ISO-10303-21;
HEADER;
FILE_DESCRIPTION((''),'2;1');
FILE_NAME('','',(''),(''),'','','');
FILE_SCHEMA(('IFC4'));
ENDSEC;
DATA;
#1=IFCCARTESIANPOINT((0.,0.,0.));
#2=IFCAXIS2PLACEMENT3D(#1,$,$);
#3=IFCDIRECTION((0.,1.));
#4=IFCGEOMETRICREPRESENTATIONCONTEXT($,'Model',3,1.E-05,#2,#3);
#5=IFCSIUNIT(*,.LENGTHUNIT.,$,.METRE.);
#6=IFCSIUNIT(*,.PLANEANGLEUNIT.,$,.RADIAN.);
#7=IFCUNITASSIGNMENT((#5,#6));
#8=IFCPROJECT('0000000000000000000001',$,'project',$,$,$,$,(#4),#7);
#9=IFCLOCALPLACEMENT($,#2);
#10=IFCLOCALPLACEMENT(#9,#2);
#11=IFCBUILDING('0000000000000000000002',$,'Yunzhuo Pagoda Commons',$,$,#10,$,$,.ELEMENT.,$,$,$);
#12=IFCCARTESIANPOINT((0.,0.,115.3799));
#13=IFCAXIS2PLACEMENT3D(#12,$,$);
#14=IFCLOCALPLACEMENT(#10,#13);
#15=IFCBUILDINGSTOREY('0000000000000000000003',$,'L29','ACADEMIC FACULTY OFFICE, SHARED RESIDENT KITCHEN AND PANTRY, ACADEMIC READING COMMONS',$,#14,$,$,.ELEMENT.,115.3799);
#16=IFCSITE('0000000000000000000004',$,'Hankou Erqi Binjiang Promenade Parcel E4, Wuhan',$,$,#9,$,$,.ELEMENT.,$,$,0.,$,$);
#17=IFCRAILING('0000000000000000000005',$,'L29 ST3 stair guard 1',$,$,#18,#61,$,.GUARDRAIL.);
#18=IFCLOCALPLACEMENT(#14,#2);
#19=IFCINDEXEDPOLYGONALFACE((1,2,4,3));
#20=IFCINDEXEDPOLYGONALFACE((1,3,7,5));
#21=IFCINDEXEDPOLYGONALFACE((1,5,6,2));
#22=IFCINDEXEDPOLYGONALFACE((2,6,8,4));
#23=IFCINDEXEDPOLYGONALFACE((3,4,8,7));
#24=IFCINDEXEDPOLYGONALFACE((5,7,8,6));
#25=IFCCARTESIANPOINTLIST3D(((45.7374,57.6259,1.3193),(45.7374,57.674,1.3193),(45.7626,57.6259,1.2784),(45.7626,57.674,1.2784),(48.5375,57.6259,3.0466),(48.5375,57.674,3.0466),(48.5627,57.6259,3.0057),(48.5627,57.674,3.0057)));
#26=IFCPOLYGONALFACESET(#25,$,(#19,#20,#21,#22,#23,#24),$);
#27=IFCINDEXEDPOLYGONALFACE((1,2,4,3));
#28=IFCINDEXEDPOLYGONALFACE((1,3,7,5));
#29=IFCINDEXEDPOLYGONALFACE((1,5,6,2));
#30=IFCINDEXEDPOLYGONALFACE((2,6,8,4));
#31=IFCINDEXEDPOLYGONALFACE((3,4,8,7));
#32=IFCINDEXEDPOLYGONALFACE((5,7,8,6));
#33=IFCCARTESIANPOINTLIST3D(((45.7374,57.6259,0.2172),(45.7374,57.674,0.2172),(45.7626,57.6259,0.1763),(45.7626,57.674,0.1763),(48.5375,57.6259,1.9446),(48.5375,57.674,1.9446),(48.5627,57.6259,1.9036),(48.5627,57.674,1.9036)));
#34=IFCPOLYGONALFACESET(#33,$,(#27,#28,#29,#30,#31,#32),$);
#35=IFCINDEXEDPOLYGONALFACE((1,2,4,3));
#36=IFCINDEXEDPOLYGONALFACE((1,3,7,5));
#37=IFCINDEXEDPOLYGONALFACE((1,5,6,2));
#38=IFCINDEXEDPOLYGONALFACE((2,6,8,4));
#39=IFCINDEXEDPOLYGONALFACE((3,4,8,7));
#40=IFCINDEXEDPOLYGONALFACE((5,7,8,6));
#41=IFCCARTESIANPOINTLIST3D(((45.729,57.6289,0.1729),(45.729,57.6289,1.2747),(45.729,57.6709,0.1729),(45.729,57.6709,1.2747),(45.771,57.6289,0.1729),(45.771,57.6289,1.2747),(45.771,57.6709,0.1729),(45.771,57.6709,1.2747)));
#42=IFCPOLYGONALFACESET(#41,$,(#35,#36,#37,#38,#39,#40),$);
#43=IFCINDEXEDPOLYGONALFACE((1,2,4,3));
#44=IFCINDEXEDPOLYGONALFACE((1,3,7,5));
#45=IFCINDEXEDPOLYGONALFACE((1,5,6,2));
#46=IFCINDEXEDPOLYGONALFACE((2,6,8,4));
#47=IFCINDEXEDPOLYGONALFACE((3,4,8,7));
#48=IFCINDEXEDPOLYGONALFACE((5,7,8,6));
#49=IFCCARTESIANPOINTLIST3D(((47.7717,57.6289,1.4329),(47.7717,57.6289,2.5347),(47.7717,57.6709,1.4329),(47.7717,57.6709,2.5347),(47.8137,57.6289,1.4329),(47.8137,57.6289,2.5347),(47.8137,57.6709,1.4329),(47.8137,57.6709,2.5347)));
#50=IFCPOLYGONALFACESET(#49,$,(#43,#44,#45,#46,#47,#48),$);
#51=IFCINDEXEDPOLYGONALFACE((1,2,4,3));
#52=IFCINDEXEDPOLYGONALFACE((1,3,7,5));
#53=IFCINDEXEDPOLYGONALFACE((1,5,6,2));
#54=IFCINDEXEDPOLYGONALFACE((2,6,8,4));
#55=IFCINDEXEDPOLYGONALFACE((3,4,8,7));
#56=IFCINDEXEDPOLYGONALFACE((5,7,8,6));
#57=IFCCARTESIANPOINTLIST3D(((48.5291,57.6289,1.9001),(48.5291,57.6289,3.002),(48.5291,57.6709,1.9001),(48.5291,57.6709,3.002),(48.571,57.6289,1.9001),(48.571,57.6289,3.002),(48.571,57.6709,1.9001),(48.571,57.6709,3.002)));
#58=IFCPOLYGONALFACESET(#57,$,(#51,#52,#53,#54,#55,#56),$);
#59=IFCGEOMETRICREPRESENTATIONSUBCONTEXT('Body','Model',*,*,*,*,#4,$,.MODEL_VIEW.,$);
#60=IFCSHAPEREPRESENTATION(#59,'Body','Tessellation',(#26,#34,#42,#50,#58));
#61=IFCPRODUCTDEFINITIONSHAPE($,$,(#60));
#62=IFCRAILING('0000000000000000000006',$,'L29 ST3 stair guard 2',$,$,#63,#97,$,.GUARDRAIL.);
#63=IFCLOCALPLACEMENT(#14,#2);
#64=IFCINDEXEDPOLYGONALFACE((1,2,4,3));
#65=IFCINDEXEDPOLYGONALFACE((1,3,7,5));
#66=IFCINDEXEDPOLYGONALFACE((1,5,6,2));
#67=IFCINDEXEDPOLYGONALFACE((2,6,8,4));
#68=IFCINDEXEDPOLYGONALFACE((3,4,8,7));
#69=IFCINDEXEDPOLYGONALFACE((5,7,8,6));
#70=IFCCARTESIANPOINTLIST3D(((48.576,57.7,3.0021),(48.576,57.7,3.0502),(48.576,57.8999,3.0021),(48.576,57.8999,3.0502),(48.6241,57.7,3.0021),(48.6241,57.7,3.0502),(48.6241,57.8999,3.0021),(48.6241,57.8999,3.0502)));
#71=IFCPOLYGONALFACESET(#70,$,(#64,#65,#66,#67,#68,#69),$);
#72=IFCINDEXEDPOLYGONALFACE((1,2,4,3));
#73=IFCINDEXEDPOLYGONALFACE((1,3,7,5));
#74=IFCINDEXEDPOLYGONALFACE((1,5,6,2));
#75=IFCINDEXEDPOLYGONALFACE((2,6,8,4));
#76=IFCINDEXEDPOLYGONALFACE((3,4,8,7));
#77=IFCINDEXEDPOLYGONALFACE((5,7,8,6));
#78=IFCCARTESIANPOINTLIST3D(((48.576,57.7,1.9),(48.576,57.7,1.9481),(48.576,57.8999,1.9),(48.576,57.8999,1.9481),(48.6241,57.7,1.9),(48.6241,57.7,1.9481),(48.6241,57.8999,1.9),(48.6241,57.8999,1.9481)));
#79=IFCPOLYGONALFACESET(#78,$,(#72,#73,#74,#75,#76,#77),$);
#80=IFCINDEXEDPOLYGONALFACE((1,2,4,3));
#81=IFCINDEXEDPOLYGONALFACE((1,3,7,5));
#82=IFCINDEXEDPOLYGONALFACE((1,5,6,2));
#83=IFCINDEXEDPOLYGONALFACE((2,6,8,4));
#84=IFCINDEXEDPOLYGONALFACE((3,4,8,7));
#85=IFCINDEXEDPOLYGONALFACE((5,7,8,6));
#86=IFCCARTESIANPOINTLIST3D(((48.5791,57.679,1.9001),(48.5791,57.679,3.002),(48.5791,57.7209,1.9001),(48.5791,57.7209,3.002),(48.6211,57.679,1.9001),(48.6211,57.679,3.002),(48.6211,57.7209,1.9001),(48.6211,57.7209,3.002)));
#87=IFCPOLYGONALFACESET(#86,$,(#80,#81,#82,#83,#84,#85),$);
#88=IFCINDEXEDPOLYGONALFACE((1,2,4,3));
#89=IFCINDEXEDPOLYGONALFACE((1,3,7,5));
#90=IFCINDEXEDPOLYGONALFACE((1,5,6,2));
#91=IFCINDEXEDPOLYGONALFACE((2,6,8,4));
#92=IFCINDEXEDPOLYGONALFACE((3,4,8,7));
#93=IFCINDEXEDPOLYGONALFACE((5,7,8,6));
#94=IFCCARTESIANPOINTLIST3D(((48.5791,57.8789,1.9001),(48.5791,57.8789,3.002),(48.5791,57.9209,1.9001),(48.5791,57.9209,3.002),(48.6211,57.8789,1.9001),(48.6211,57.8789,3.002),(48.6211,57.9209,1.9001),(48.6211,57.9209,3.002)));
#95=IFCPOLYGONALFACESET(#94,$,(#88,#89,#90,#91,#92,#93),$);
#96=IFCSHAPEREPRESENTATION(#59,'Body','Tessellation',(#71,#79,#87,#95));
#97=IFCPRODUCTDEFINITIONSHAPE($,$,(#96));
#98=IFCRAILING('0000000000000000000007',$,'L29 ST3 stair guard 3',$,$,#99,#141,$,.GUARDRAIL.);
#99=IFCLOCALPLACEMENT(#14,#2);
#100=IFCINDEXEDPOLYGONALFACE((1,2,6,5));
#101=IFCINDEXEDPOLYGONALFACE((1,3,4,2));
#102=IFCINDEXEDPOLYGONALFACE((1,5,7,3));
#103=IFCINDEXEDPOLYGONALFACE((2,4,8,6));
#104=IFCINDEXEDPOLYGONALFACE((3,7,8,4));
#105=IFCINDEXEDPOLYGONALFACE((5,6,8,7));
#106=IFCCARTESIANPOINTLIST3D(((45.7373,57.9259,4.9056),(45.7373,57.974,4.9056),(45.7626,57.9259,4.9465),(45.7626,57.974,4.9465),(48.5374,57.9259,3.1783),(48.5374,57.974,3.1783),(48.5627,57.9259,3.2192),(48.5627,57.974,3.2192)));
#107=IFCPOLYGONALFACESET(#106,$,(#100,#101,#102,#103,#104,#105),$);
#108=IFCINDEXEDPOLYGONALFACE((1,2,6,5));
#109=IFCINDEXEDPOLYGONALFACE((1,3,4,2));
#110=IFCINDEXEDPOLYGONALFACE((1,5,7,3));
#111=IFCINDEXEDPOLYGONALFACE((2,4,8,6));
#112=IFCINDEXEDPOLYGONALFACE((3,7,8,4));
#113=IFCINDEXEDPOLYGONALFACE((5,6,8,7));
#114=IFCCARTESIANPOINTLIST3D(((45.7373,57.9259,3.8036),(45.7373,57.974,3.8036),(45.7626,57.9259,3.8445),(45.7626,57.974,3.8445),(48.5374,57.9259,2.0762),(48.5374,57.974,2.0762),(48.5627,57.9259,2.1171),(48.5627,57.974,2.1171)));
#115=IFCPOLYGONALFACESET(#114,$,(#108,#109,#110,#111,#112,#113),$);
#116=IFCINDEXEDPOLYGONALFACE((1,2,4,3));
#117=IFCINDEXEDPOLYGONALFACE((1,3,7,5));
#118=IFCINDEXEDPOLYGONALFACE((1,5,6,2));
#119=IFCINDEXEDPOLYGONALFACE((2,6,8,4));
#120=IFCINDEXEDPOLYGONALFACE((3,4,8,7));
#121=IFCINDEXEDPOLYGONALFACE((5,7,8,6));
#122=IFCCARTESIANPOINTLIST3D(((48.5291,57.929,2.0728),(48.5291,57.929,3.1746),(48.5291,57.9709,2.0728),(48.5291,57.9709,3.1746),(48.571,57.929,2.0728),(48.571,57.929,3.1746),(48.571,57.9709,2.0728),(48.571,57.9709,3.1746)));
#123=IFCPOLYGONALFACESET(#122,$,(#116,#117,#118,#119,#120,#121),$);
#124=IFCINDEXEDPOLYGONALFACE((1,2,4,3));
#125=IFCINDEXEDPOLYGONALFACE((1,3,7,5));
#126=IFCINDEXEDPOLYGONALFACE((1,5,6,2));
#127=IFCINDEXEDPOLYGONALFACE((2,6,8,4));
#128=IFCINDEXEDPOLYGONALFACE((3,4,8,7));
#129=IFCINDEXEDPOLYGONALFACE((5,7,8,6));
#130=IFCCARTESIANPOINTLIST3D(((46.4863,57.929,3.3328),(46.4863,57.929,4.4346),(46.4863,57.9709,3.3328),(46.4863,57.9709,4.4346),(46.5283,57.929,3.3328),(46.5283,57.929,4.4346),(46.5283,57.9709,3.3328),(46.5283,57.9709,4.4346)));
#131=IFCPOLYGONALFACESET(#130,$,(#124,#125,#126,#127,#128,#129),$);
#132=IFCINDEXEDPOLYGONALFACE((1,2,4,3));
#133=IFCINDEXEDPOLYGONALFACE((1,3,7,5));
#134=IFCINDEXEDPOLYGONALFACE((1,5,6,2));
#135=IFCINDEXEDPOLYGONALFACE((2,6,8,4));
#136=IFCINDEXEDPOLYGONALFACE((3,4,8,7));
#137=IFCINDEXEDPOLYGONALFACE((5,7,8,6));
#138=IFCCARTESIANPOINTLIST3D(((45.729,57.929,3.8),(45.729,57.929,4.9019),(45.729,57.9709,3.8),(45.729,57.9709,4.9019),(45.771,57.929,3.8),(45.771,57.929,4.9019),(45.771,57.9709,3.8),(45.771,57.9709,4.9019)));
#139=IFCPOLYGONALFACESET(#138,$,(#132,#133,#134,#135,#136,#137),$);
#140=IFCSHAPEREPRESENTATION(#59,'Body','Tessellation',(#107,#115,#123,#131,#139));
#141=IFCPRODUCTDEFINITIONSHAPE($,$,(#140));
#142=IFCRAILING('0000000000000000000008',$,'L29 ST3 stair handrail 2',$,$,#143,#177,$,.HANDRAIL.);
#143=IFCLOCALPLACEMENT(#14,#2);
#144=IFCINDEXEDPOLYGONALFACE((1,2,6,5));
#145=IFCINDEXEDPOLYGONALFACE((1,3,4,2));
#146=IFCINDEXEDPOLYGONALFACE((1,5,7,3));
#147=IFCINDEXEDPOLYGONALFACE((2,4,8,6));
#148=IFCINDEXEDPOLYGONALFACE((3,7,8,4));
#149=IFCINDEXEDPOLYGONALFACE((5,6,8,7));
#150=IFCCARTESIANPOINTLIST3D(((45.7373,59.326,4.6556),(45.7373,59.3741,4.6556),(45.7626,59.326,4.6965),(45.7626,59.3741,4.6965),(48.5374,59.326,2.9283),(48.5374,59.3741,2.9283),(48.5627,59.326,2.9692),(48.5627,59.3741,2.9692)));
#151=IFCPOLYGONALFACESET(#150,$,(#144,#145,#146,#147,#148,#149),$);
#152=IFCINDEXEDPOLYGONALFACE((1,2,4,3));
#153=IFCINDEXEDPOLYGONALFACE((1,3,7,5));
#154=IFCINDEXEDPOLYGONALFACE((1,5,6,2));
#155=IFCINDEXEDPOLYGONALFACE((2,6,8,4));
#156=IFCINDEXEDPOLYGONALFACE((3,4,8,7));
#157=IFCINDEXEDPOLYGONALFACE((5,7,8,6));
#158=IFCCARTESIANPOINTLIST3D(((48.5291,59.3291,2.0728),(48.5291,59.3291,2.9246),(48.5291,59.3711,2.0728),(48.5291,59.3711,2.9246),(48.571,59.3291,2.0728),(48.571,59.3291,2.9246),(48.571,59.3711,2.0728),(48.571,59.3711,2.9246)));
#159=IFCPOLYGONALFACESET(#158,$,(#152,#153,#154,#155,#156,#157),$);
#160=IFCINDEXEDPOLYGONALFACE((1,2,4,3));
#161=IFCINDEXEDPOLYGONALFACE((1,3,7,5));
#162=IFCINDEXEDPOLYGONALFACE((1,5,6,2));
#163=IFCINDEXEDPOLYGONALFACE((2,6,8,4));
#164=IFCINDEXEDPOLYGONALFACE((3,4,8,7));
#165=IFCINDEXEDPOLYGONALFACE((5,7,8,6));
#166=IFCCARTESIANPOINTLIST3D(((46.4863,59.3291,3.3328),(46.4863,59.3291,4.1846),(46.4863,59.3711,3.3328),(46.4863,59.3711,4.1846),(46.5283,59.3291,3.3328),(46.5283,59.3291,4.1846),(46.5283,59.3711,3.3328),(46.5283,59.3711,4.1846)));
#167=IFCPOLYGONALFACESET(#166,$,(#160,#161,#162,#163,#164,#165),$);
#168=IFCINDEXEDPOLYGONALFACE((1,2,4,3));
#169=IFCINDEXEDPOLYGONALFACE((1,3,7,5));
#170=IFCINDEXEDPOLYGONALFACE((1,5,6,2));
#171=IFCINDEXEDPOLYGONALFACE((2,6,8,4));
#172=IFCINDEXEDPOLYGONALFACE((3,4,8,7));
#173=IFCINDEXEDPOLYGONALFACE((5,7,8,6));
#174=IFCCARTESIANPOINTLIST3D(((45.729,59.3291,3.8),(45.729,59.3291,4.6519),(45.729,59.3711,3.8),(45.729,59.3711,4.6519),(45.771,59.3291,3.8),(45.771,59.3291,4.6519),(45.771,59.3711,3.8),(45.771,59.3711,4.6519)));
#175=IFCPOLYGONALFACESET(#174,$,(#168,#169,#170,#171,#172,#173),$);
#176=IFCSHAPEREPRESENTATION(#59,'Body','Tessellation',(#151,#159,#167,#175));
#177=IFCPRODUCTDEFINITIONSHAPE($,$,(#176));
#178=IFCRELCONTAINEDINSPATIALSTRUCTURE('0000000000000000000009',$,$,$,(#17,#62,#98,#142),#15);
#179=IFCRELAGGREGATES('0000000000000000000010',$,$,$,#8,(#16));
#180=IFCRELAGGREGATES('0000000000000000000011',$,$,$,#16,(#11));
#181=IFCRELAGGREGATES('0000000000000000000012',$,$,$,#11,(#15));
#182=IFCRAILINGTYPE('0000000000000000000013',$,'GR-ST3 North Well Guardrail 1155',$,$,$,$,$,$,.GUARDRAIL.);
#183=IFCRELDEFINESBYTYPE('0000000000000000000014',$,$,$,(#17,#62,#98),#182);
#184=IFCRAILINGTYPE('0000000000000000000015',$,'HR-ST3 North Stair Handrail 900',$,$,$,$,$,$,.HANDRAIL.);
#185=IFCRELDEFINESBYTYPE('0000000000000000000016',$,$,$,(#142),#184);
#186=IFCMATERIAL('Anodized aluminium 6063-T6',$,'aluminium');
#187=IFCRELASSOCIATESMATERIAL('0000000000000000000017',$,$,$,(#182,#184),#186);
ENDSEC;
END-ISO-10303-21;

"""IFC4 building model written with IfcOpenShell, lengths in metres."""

from ifc_helpers import new_model, si_unit, direction, frame, origin, origin_2d, place, context, subcontext, project, spatial, rectangle, extrude, material, type_object, element, save


model = new_model("IFC4")

# Units and contexts
model_context = context("Model", 3, precision=1e-05, world=origin(), true_north=direction((0.0, 1.0)))
body_context = subcontext(model_context, "Body", "Model", "MODEL_VIEW")
ifc_project = project(units=[si_unit("LENGTHUNIT", "METRE"), si_unit("PLANEANGLEUNIT", "RADIAN")], contexts=[model_context])

# Site, building, storey
site_placement = place(None, origin())
site = spatial("IfcSite", under=ifc_project, at=site_placement, Name="Hankou Erqi Binjiang Promenade Parcel E4, Wuhan", CompositionType="ELEMENT", RefElevation=0.0)
building_placement = place(site_placement, origin())
building = spatial("IfcBuilding", under=site, at=building_placement, Name="Yunzhuo Pagoda Commons", CompositionType="ELEMENT")
storey_placement = place(building_placement, frame((0.0, 0.0, 115.3799)))
storey = spatial("IfcBuildingStorey", under=building, at=storey_placement, Name="L29", Description="ACADEMIC FACULTY OFFICE, SHARED RESIDENT KITCHEN AND PANTRY, ACADEMIC READING COMMONS", CompositionType="ELEMENT", Elevation=115.3799)

# Shared definitions
ifc_material_1 = material(Name="Anodized aluminium 6063-T6", Category="aluminium")

# Railings
railing_type_1 = type_object("IfcRailingType", Name="GR-ST3 North Well Guardrail 1155", PredefinedType="GUARDRAIL", material=ifc_material_1)
railing_1_placement = place(storey_placement, frame((45.75, 57.6499, 0.1729)))
element("IfcRailing", 1, at=railing_1_placement, inside=storey, type_object=railing_type_1, Name="L29 ST3 stair guard 1", PredefinedType="GUARDRAIL", context=body_context, shape_type="SweptSolid", body=[
    extrude(rectangle(XDim=0.0481, YDim=0.0481, at=origin_2d()), frame((0.0, 0.0, 1.126), z_axis=(0.85109, 0.0, 0.52502), x_axis=(0.0, 1.0, 0.0)), (0.0, 0.0, 1.0), 3.29),
    extrude(rectangle(XDim=0.0481, YDim=0.0481, at=origin_2d()), frame((0.0, 0.0, 0.0239), z_axis=(0.85109, 0.0, 0.52502), x_axis=(0.0, 1.0, 0.0)), (0.0, 0.0, 1.0), 3.29),
    extrude(rectangle(XDim=0.042, YDim=0.042, at=origin_2d()), origin(), (0.0, 0.0, 1.0), 1.1018),
    extrude(rectangle(XDim=0.042, YDim=0.042, at=origin_2d()), frame((2.0427, 0.0, 1.26)), (0.0, 0.0, 1.0), 1.1018),
    extrude(rectangle(XDim=0.042, YDim=0.042, at=origin_2d()), frame((2.8, 0.0, 1.7273)), (0.0, 0.0, 1.0), 1.1018),
])
railing_2_placement = place(storey_placement, frame((48.6001, 57.7, 1.9001)))
element("IfcRailing", 2, at=railing_2_placement, inside=storey, type_object=railing_type_1, Name="L29 ST3 stair guard 2", PredefinedType="GUARDRAIL", context=body_context, shape_type="SweptSolid", body=[
    extrude(rectangle(XDim=0.0481, YDim=0.0481, at=origin_2d()), frame((0.0, 0.0, 1.126), z_axis=(0.0, 1.0, 0.0), x_axis=(-1.0, 0.0, 0.0)), (0.0, 0.0, 1.0), 0.2),
    extrude(rectangle(XDim=0.0481, YDim=0.0481, at=origin_2d()), frame((0.0, 0.0, 0.0239), z_axis=(0.0, 1.0, 0.0), x_axis=(-1.0, 0.0, 0.0)), (0.0, 0.0, 1.0), 0.2),
    extrude(rectangle(XDim=0.042, YDim=0.042, at=origin_2d()), origin(), (0.0, 0.0, 1.0), 1.1018),
    extrude(rectangle(XDim=0.042, YDim=0.042, at=origin_2d()), frame((0.0, 0.2, 0.0)), (0.0, 0.0, 1.0), 1.1018),
])
railing_3_placement = place(storey_placement, frame((48.55, 57.95, 2.0728)))
element("IfcRailing", 3, at=railing_3_placement, inside=storey, type_object=railing_type_1, Name="L29 ST3 stair guard 3", PredefinedType="GUARDRAIL", context=body_context, shape_type="SweptSolid", body=[
    extrude(rectangle(XDim=0.0481, YDim=0.0481, at=origin_2d()), frame((0.0, 0.0, 1.126), z_axis=(-0.85109, 0.0, 0.52502), x_axis=(0.0, -1.0, 0.0)), (0.0, 0.0, 1.0), 3.29),
    extrude(rectangle(XDim=0.0481, YDim=0.0481, at=origin_2d()), frame((0.0, 0.0, 0.0239), z_axis=(-0.85109, 0.0, 0.52502), x_axis=(0.0, -1.0, 0.0)), (0.0, 0.0, 1.0), 3.29),
    extrude(rectangle(XDim=0.042, YDim=0.042, at=origin_2d()), origin(), (0.0, 0.0, 1.0), 1.1018),
    extrude(rectangle(XDim=0.042, YDim=0.042, at=origin_2d()), frame((-2.0427, 0.0, 1.26)), (0.0, 0.0, 1.0), 1.1018),
    extrude(rectangle(XDim=0.042, YDim=0.042, at=origin_2d()), frame((-2.8, 0.0, 1.7273)), (0.0, 0.0, 1.0), 1.1018),
])
railing_type_2 = type_object("IfcRailingType", Name="HR-ST3 North Stair Handrail 900", PredefinedType="HANDRAIL", material=ifc_material_1)
railing_4_placement = place(storey_placement, frame((48.55, 59.3501, 2.0728)))
element("IfcRailing", 4, at=railing_4_placement, inside=storey, type_object=railing_type_2, Name="L29 ST3 stair handrail 2", PredefinedType="HANDRAIL", context=body_context, shape_type="SweptSolid", body=[
    extrude(rectangle(XDim=0.0481, YDim=0.0481, at=origin_2d()), frame((0.0, 0.0, 0.876), z_axis=(-0.85109, 0.0, 0.52502), x_axis=(0.0, -1.0, 0.0)), (0.0, 0.0, 1.0), 3.29),
    extrude(rectangle(XDim=0.042, YDim=0.042, at=origin_2d()), origin(), (0.0, 0.0, 1.0), 0.8518),
    extrude(rectangle(XDim=0.042, YDim=0.042, at=origin_2d()), frame((-2.0427, 0.0, 1.26)), (0.0, 0.0, 1.0), 0.8518),
    extrude(rectangle(XDim=0.042, YDim=0.042, at=origin_2d()), frame((-2.8, 0.0, 1.7273)), (0.0, 0.0, 1.0), 0.8518),
])

save(model, "model.ifc")
